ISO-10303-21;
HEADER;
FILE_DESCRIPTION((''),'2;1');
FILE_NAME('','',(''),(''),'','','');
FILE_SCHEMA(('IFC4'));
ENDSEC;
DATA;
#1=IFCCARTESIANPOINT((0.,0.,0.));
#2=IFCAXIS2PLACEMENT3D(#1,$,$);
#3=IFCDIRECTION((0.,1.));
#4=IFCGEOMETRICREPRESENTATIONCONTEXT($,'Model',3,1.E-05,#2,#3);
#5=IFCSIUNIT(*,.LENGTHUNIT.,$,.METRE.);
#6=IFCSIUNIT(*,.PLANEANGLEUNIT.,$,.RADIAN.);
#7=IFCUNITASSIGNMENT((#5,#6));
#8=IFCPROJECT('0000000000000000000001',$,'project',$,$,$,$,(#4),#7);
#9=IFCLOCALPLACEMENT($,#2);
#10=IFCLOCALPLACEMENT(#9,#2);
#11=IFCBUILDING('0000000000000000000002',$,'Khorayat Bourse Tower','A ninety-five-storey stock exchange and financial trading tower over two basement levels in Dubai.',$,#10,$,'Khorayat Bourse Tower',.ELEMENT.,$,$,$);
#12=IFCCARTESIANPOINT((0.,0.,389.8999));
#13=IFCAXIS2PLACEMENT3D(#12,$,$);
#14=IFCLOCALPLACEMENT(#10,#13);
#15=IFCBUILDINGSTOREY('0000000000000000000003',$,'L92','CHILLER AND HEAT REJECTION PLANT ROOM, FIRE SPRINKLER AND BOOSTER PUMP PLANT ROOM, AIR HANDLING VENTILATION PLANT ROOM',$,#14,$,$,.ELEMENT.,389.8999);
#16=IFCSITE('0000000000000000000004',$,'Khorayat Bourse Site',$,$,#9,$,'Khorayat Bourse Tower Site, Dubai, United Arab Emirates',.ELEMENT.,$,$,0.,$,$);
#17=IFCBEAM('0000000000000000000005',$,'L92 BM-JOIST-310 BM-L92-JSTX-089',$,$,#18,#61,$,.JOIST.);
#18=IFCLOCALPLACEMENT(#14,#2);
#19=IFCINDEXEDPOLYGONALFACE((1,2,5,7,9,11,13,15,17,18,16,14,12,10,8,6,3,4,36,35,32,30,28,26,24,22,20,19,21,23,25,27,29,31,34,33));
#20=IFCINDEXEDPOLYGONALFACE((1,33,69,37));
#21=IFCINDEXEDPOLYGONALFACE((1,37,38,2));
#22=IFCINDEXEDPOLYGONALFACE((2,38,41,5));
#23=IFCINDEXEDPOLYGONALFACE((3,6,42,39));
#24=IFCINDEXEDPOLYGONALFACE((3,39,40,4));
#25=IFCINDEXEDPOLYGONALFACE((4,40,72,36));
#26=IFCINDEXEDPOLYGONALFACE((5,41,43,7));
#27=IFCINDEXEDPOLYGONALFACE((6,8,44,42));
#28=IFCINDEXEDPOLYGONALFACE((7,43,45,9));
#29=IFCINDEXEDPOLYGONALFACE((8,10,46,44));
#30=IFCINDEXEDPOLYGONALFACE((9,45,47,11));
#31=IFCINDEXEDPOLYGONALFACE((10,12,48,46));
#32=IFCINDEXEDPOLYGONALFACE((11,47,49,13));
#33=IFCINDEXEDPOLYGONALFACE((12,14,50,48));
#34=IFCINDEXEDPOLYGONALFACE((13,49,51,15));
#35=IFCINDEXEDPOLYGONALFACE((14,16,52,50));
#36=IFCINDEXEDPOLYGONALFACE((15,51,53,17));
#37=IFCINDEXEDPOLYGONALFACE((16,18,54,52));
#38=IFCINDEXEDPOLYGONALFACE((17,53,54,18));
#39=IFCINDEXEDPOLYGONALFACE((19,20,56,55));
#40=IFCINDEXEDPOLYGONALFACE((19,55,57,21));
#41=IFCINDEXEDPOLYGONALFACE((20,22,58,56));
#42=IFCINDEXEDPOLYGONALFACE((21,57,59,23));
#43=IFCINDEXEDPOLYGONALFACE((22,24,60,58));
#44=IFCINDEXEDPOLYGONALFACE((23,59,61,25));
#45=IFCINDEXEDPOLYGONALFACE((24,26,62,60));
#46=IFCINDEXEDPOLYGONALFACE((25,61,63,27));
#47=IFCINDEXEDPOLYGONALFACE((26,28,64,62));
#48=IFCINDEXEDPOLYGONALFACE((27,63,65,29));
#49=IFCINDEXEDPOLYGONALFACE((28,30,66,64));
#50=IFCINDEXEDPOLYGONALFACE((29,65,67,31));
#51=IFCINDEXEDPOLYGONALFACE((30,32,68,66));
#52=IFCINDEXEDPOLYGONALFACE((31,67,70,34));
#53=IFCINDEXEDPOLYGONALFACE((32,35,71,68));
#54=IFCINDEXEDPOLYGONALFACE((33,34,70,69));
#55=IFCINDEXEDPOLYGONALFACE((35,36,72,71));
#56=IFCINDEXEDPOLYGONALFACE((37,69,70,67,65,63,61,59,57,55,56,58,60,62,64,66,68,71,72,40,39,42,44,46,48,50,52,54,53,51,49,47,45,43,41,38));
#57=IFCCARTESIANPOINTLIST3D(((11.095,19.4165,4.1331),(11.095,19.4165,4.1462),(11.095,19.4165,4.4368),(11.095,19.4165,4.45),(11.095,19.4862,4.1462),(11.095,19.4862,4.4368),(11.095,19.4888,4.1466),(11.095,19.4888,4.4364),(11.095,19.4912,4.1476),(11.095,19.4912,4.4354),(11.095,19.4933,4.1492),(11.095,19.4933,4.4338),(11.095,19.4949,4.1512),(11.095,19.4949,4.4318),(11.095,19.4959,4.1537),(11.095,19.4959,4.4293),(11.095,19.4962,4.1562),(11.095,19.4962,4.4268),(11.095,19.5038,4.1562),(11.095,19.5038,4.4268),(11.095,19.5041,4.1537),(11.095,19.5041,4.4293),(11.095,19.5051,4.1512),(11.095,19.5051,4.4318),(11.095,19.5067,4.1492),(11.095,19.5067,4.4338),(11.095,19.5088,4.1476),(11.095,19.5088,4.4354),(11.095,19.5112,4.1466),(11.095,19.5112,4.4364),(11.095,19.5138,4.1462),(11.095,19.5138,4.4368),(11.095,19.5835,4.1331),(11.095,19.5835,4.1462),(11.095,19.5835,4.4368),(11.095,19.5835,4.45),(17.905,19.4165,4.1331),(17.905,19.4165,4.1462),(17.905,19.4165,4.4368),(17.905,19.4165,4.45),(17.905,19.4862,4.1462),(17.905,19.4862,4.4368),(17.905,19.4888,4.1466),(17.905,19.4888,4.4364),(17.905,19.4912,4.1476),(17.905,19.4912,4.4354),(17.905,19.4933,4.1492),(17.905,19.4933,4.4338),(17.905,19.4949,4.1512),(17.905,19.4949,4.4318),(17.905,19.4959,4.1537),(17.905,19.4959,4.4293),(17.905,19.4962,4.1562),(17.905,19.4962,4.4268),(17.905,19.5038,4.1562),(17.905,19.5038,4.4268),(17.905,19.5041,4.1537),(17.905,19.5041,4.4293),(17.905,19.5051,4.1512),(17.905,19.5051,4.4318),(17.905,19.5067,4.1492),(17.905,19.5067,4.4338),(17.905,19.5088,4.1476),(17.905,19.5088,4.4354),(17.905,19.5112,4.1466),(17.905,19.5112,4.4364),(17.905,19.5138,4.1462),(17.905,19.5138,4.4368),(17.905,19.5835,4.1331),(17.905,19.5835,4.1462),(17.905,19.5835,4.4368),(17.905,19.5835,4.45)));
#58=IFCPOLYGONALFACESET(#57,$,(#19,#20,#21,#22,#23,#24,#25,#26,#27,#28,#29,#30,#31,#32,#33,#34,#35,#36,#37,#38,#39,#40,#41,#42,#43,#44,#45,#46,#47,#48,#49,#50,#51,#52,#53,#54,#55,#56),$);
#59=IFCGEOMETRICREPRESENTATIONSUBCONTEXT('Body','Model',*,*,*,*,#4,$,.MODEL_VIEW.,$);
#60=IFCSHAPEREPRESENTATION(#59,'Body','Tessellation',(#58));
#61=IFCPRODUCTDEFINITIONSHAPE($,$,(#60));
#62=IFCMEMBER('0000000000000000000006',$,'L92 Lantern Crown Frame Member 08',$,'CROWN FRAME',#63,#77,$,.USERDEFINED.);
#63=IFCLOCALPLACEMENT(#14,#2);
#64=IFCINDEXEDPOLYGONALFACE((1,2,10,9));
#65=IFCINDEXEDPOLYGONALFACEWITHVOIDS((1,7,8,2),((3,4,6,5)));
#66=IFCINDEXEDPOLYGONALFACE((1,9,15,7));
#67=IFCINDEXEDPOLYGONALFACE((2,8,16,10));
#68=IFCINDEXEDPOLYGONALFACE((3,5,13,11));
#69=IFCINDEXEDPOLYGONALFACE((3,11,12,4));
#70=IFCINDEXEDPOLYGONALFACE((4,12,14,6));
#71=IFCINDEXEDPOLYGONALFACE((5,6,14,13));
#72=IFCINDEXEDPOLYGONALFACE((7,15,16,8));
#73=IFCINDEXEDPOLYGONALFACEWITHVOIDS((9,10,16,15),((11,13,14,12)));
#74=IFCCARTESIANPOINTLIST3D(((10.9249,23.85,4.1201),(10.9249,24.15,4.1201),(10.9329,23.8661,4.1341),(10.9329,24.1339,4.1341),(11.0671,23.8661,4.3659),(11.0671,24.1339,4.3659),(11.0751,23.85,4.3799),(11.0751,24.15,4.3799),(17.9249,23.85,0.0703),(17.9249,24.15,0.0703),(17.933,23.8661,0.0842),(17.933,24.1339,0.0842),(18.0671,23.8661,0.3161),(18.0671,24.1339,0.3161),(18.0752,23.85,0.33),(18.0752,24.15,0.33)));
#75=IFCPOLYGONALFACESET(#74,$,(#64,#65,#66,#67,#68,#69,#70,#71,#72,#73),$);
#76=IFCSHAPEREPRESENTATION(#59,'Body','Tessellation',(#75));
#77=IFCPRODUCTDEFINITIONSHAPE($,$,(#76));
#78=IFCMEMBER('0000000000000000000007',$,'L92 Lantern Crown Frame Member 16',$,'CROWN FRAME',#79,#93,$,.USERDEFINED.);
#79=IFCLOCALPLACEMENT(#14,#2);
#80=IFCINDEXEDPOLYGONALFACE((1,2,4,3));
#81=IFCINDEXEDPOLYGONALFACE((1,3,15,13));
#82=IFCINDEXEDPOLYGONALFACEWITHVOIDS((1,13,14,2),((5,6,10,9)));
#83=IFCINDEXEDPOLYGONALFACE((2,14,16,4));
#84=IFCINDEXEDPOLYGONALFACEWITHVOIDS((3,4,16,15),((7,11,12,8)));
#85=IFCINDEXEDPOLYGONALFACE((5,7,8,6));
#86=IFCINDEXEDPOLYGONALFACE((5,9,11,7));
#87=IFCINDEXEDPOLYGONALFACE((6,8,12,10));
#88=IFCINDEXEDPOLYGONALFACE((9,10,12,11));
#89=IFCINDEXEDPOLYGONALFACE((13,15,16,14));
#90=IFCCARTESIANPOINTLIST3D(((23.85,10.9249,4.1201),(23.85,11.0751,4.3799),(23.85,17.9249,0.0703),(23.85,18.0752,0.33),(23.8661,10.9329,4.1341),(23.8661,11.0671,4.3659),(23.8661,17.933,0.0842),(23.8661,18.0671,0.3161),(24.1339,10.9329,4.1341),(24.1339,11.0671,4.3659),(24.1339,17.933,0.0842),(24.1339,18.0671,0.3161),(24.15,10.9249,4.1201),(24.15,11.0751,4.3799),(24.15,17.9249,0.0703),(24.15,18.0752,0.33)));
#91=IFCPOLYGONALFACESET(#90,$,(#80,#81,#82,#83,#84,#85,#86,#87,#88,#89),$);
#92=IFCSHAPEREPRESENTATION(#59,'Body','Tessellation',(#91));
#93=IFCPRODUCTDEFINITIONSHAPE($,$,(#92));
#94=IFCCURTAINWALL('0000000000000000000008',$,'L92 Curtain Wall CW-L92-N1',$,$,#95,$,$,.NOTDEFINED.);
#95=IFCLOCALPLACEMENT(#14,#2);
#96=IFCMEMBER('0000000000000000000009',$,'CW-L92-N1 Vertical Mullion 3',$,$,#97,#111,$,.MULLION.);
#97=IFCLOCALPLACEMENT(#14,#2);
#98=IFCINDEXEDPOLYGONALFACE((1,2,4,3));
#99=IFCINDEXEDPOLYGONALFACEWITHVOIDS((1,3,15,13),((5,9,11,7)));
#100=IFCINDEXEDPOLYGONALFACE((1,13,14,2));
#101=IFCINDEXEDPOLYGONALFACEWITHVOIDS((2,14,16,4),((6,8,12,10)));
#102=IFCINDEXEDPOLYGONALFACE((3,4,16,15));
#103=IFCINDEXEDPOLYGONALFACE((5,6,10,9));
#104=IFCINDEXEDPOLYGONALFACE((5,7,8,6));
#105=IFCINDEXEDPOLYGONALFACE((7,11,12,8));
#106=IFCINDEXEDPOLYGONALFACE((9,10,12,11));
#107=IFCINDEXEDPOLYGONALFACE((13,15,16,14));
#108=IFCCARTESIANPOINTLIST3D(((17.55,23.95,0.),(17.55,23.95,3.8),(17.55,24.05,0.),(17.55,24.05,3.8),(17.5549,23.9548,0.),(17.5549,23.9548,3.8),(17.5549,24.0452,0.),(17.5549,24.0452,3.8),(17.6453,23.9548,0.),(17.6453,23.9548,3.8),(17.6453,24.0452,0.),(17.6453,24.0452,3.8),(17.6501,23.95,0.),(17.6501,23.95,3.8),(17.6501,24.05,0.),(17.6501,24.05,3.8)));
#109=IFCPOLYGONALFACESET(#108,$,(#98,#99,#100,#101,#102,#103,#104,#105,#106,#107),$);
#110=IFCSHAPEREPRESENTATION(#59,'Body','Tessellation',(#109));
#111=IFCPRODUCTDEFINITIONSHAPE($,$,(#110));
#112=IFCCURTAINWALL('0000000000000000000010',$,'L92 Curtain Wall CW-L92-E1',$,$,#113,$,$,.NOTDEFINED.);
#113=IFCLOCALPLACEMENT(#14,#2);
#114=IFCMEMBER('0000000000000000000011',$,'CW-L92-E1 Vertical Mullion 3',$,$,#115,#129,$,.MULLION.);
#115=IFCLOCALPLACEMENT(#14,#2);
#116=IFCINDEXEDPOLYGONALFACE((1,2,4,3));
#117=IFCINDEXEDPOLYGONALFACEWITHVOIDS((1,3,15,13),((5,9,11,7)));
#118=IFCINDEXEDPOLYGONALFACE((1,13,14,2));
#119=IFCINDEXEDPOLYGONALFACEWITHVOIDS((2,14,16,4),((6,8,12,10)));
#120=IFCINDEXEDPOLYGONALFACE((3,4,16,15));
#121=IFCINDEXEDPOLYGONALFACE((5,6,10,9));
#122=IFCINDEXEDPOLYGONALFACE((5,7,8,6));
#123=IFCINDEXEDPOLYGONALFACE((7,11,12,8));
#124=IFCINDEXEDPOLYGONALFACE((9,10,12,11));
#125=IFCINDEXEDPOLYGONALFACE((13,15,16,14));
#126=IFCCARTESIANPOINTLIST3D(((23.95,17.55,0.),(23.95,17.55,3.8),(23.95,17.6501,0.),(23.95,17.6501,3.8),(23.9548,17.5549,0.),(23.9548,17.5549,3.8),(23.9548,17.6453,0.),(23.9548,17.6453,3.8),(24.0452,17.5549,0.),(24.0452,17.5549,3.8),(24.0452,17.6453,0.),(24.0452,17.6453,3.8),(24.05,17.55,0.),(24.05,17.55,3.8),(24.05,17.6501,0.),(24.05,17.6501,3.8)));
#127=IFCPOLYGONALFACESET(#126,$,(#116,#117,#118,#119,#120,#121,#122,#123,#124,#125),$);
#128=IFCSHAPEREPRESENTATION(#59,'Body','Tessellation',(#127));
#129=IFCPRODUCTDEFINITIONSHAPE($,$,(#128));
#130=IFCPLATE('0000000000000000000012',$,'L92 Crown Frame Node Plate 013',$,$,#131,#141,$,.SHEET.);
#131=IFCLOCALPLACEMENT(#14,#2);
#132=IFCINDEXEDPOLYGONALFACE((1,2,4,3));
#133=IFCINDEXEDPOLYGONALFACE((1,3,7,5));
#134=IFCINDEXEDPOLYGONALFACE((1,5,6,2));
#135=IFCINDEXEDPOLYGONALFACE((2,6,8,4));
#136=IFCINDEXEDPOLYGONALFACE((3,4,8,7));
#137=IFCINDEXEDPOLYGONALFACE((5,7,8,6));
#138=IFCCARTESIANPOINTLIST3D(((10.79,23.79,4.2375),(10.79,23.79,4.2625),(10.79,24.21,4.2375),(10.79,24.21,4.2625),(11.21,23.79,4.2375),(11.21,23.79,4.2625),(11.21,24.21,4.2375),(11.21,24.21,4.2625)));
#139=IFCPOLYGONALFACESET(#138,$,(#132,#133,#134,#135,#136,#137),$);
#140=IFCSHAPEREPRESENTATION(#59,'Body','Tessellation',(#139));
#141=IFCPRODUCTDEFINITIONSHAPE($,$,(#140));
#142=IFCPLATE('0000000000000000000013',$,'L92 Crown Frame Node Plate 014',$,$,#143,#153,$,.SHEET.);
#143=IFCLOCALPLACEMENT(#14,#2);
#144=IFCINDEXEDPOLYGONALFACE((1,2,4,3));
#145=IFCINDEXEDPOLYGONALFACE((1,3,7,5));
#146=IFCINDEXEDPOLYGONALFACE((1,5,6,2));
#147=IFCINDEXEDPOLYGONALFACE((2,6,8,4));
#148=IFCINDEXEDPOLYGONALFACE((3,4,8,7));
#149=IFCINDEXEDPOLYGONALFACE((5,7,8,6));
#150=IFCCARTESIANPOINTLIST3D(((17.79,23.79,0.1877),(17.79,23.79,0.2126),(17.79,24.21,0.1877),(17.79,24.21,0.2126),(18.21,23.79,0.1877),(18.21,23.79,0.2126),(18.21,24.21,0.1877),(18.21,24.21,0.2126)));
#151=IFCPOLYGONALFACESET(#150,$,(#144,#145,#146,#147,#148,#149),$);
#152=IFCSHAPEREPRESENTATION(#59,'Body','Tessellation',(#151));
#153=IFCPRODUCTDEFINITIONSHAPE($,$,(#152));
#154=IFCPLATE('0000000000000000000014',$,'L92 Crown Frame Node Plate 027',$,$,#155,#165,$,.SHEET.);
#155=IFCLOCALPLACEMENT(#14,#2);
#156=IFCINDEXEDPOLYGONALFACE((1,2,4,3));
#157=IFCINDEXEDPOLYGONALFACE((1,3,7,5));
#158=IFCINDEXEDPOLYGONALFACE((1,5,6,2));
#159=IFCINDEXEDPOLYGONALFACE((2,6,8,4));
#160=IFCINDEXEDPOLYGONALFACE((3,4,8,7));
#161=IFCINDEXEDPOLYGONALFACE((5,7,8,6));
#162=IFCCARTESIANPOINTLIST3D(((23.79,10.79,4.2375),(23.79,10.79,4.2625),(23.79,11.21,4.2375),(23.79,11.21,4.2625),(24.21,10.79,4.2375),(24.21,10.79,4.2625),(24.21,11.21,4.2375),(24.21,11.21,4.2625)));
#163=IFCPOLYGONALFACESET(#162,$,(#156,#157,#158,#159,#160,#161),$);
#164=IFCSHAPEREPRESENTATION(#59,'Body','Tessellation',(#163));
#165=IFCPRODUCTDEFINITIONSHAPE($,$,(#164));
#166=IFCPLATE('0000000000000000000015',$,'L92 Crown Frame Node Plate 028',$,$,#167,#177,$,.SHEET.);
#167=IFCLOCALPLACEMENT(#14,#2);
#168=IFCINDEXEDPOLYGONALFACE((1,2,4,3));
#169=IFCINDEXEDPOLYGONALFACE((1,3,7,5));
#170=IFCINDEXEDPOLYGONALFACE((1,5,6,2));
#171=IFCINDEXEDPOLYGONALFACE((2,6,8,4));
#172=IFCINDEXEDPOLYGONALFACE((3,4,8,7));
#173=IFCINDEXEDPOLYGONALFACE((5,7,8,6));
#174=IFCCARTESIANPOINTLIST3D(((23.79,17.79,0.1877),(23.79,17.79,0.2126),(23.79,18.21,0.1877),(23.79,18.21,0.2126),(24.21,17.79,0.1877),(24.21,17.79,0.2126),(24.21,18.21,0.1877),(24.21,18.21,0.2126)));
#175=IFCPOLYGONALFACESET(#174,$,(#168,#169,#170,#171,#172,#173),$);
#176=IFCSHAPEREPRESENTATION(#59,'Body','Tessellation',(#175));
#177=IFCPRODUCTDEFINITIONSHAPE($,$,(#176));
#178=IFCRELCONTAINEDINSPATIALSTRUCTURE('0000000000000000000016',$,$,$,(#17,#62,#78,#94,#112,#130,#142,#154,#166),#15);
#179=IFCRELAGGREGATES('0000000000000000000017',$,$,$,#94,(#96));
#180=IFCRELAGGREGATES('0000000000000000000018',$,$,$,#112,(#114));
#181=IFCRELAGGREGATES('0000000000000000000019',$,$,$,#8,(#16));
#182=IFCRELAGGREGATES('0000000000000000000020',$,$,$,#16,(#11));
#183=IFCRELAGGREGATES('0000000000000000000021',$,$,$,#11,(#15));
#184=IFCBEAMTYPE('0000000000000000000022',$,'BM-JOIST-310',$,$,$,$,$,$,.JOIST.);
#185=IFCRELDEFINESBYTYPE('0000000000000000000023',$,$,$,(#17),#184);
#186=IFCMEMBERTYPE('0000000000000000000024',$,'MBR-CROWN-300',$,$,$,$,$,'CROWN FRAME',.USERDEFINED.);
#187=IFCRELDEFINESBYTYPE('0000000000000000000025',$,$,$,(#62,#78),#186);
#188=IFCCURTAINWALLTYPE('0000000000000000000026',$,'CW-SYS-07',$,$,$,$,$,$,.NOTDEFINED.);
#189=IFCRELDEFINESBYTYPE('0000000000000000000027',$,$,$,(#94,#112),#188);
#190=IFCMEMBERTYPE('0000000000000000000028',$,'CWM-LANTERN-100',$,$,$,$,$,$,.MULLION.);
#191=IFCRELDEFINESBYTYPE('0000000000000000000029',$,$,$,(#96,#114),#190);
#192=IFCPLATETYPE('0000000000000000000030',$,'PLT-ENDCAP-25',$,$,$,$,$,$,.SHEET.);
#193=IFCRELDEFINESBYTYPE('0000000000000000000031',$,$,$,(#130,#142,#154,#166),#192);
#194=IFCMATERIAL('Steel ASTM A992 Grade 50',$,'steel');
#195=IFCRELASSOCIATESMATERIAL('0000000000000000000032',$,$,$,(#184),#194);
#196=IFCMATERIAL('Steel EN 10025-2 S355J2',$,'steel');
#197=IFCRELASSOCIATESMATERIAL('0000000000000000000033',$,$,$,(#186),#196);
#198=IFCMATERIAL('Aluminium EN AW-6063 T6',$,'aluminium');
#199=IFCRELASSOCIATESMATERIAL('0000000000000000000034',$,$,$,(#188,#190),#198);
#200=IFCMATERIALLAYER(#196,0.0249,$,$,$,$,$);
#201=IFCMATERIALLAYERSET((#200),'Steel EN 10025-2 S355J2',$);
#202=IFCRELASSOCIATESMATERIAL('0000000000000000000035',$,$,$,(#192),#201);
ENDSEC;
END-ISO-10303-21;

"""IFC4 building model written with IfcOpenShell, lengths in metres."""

from ifc_helpers import new_model, si_unit, direction, frame, origin, origin_2d, place, context, subcontext, project, spatial, rectangle, hollow_rectangle, i_section, extrude, source, transform, mapped, material, layer, layer_set, material_profile, profile_set, type_object, element, aggregate, save


model = new_model("IFC4")

# Units and contexts
model_context = context("Model", 3, precision=1e-05, world=origin(), true_north=direction((0.0, 1.0)))
body_context = subcontext(model_context, "Body", "Model", "MODEL_VIEW")
ifc_project = project(units=[si_unit("LENGTHUNIT", "METRE"), si_unit("PLANEANGLEUNIT", "RADIAN")], contexts=[model_context])

# Site, building, storey
site_placement = place(None, origin())
site = spatial("IfcSite", under=ifc_project, at=site_placement, Name="Khorayat Bourse Site", LongName="Khorayat Bourse Tower Site, Dubai, United Arab Emirates", CompositionType="ELEMENT", RefElevation=0.0)
building_placement = place(site_placement, origin())
building = spatial("IfcBuilding", under=site, at=building_placement, Name="Khorayat Bourse Tower", Description="A ninety-five-storey stock exchange and financial trading tower over two basement levels in Dubai.", LongName="Khorayat Bourse Tower", CompositionType="ELEMENT")
storey_placement = place(building_placement, frame((0.0, 0.0, 389.8999)))
storey = spatial("IfcBuildingStorey", under=building, at=storey_placement, Name="L92", Description="CHILLER AND HEAT REJECTION PLANT ROOM, FIRE SPRINKLER AND BOOSTER PUMP PLANT ROOM, AIR HANDLING VENTILATION PLANT ROOM", CompositionType="ELEMENT", Elevation=389.8999)

# Shared definitions
ifc_material_1 = material(Name="Steel EN 10025-2 S355J2", Category="steel")

# Beam
ifc_material_2 = material(Name="Steel ASTM A992 Grade 50", Category="steel")
ifc_material_profile_1 = material_profile(ifc_material_2, i_section(OverallWidth=0.167, OverallDepth=0.3169, WebThickness=0.0076, FlangeThickness=0.0132, FilletRadius=0.01, at=origin_2d()), Name="W310X52")
ifc_profile_set_1 = profile_set([ifc_material_profile_1], Name="Steel ASTM A992 Grade 50")
beam_type_1 = type_object("IfcBeamType", Name="BM-JOIST-310", PredefinedType="JOIST", material=ifc_profile_set_1)
shared_shape_1 = source(origin(), body_context, "Body", "SweptSolid", [
    extrude(i_section(OverallWidth=0.167, OverallDepth=0.3169, WebThickness=0.0076, FlangeThickness=0.0132, FilletRadius=0.01, at=origin_2d()), origin(), (0.0, 0.0, 1.0), 6.8101),
])
beam_placement = place(storey_placement, frame((11.095, 19.5, 4.2915), z_axis=(1.0, 0.0, 0.0), x_axis=(0.0, 1.0, 0.0)))
element("IfcBeam", 1, at=beam_placement, inside=storey, type_object=beam_type_1, Name="L92 BM-JOIST-310 BM-L92-JSTX-089", PredefinedType="JOIST", context=body_context, shape_type="MappedRepresentation", body=[
    mapped(shared_shape_1, transform((0.0, 0.0, 0.0), scale=1.0)),
])

# Members
ifc_material_profile_2 = material_profile(ifc_material_1, hollow_rectangle(XDim=0.3, YDim=0.3, WallThickness=0.0161, at=origin_2d()), Name="HSS 300x300x16")
ifc_profile_set_2 = profile_set([ifc_material_profile_2], Name="Steel EN 10025-2 S355J2")
member_type_1 = type_object("IfcMemberType", Name="MBR-CROWN-300", ElementType="CROWN FRAME", PredefinedType="USERDEFINED", material=ifc_profile_set_2)
shared_shape_2 = source(origin(), body_context, "Body", "SweptSolid", [
    extrude(hollow_rectangle(XDim=0.3, YDim=0.3, WallThickness=0.0161, at=origin_2d()), origin(), (0.0, 0.0, 1.0), 8.0872),
])
for number, where, z_axis, x_axis, name in (
    (2, (11.0, 24.0, 4.25), (0.865578, 0.0, -0.500774), (0.0, 1.0, 0.0), "L92 Lantern Crown Frame Member 08"),
    (3, (24.0, 11.0, 4.25), (0.0, 0.865578, -0.500774), (-1.0, 0.0, 0.0), "L92 Lantern Crown Frame Member 16"),
):
    element("IfcMember", number, at=place(storey_placement, frame(where, z_axis=z_axis, x_axis=x_axis)), inside=storey, type_object=member_type_1, Name=name, ObjectType="CROWN FRAME", PredefinedType="USERDEFINED", context=body_context, shape_type="MappedRepresentation", body=[
        mapped(shared_shape_2, transform((0.0, 0.0, 0.0), scale=1.0)),
    ])

# Curtain walls, members
ifc_material_3 = material(Name="Aluminium EN AW-6063 T6", Category="aluminium")
curtain_wall_type = type_object("IfcCurtainWallType", Name="CW-SYS-07", PredefinedType="NOTDEFINED", material=ifc_material_3)
curtain_wall_1_placement = place(storey_placement, origin())
curtain_wall_1 = element("IfcCurtainWall", 4, at=curtain_wall_1_placement, inside=storey, type_object=curtain_wall_type, Name="L92 Curtain Wall CW-L92-N1", PredefinedType="NOTDEFINED")
ifc_material_profile_3 = material_profile(ifc_material_3, hollow_rectangle(XDim=0.1001, YDim=0.1001, WallThickness=0.0049, at=origin_2d()), Name="ALU 100x100x5")
ifc_profile_set_3 = profile_set([ifc_material_profile_3], Name="Aluminium EN AW-6063 T6")
member_type_2 = type_object("IfcMemberType", Name="CWM-LANTERN-100", PredefinedType="MULLION", material=ifc_profile_set_3)
shared_shape_3 = source(origin(), body_context, "Body", "SweptSolid", [
    extrude(hollow_rectangle(XDim=0.1001, YDim=0.1001, WallThickness=0.0049, at=origin_2d()), origin(), (0.0, 0.0, 1.0), 3.8),
])
member_1_placement = place(storey_placement, frame((17.6001, 24.0, 0.0), z_axis=(0.0, 0.0, 1.0), x_axis=(0.0, 1.0, 0.0)))
member_1 = element("IfcMember", 5, at=member_1_placement, type_object=member_type_2, Name="CW-L92-N1 Vertical Mullion 3", PredefinedType="MULLION", context=body_context, shape_type="MappedRepresentation", body=[
    mapped(shared_shape_3, transform((0.0, 0.0, 0.0), scale=1.0)),
])
aggregate(curtain_wall_1, [member_1])
curtain_wall_2_placement = place(storey_placement, origin())
curtain_wall_2 = element("IfcCurtainWall", 6, at=curtain_wall_2_placement, inside=storey, type_object=curtain_wall_type, Name="L92 Curtain Wall CW-L92-E1", PredefinedType="NOTDEFINED")
member_2_placement = place(storey_placement, frame((24.0, 17.6001, 0.0), z_axis=(0.0, 0.0, 1.0), x_axis=(-1.0, 0.0, 0.0)))
member_2 = element("IfcMember", 7, at=member_2_placement, type_object=member_type_2, Name="CW-L92-E1 Vertical Mullion 3", PredefinedType="MULLION", context=body_context, shape_type="MappedRepresentation", body=[
    mapped(shared_shape_3, transform((0.0, 0.0, 0.0), scale=1.0)),
])
aggregate(curtain_wall_2, [member_2])

# Plates
ifc_layer_1 = layer(ifc_material_1, 0.0249)
ifc_layer_set_1 = layer_set([ifc_layer_1], Name="Steel EN 10025-2 S355J2")
plate_type = type_object("IfcPlateType", Name="PLT-ENDCAP-25", PredefinedType="SHEET", material=ifc_layer_set_1)
shared_shape_4 = source(origin(), body_context, "Body", "SweptSolid", [
    extrude(rectangle(XDim=0.4199, YDim=0.4199, at=origin_2d()), origin(), (0.0, 0.0, 1.0), 0.0249),
])
for number, where, z_axis, x_axis, name in (
    (8, (11.0, 24.0, 4.2375), (0.0, 0.0, 1.0), (1.0, 0.0, 0.0), "L92 Crown Frame Node Plate 013"),
    (9, (18.0, 24.0, 0.1877), (0.0, 0.0, 1.0), (1.0, 0.0, 0.0), "L92 Crown Frame Node Plate 014"),
    (10, (24.0, 11.0, 4.2375), (0.0, 0.0, 1.0), (1.0, 0.0, 0.0), "L92 Crown Frame Node Plate 027"),
    (11, (24.0, 18.0, 0.1877), (0.0, 0.0, 1.0), (1.0, 0.0, 0.0), "L92 Crown Frame Node Plate 028"),
):
    element("IfcPlate", number, at=place(storey_placement, frame(where, z_axis=z_axis, x_axis=x_axis)), inside=storey, type_object=plate_type, Name=name, PredefinedType="SHEET", context=body_context, shape_type="MappedRepresentation", body=[
        mapped(shared_shape_4, transform((0.0, 0.0, 0.0), scale=1.0)),
    ])

save(model, "model.ifc")
